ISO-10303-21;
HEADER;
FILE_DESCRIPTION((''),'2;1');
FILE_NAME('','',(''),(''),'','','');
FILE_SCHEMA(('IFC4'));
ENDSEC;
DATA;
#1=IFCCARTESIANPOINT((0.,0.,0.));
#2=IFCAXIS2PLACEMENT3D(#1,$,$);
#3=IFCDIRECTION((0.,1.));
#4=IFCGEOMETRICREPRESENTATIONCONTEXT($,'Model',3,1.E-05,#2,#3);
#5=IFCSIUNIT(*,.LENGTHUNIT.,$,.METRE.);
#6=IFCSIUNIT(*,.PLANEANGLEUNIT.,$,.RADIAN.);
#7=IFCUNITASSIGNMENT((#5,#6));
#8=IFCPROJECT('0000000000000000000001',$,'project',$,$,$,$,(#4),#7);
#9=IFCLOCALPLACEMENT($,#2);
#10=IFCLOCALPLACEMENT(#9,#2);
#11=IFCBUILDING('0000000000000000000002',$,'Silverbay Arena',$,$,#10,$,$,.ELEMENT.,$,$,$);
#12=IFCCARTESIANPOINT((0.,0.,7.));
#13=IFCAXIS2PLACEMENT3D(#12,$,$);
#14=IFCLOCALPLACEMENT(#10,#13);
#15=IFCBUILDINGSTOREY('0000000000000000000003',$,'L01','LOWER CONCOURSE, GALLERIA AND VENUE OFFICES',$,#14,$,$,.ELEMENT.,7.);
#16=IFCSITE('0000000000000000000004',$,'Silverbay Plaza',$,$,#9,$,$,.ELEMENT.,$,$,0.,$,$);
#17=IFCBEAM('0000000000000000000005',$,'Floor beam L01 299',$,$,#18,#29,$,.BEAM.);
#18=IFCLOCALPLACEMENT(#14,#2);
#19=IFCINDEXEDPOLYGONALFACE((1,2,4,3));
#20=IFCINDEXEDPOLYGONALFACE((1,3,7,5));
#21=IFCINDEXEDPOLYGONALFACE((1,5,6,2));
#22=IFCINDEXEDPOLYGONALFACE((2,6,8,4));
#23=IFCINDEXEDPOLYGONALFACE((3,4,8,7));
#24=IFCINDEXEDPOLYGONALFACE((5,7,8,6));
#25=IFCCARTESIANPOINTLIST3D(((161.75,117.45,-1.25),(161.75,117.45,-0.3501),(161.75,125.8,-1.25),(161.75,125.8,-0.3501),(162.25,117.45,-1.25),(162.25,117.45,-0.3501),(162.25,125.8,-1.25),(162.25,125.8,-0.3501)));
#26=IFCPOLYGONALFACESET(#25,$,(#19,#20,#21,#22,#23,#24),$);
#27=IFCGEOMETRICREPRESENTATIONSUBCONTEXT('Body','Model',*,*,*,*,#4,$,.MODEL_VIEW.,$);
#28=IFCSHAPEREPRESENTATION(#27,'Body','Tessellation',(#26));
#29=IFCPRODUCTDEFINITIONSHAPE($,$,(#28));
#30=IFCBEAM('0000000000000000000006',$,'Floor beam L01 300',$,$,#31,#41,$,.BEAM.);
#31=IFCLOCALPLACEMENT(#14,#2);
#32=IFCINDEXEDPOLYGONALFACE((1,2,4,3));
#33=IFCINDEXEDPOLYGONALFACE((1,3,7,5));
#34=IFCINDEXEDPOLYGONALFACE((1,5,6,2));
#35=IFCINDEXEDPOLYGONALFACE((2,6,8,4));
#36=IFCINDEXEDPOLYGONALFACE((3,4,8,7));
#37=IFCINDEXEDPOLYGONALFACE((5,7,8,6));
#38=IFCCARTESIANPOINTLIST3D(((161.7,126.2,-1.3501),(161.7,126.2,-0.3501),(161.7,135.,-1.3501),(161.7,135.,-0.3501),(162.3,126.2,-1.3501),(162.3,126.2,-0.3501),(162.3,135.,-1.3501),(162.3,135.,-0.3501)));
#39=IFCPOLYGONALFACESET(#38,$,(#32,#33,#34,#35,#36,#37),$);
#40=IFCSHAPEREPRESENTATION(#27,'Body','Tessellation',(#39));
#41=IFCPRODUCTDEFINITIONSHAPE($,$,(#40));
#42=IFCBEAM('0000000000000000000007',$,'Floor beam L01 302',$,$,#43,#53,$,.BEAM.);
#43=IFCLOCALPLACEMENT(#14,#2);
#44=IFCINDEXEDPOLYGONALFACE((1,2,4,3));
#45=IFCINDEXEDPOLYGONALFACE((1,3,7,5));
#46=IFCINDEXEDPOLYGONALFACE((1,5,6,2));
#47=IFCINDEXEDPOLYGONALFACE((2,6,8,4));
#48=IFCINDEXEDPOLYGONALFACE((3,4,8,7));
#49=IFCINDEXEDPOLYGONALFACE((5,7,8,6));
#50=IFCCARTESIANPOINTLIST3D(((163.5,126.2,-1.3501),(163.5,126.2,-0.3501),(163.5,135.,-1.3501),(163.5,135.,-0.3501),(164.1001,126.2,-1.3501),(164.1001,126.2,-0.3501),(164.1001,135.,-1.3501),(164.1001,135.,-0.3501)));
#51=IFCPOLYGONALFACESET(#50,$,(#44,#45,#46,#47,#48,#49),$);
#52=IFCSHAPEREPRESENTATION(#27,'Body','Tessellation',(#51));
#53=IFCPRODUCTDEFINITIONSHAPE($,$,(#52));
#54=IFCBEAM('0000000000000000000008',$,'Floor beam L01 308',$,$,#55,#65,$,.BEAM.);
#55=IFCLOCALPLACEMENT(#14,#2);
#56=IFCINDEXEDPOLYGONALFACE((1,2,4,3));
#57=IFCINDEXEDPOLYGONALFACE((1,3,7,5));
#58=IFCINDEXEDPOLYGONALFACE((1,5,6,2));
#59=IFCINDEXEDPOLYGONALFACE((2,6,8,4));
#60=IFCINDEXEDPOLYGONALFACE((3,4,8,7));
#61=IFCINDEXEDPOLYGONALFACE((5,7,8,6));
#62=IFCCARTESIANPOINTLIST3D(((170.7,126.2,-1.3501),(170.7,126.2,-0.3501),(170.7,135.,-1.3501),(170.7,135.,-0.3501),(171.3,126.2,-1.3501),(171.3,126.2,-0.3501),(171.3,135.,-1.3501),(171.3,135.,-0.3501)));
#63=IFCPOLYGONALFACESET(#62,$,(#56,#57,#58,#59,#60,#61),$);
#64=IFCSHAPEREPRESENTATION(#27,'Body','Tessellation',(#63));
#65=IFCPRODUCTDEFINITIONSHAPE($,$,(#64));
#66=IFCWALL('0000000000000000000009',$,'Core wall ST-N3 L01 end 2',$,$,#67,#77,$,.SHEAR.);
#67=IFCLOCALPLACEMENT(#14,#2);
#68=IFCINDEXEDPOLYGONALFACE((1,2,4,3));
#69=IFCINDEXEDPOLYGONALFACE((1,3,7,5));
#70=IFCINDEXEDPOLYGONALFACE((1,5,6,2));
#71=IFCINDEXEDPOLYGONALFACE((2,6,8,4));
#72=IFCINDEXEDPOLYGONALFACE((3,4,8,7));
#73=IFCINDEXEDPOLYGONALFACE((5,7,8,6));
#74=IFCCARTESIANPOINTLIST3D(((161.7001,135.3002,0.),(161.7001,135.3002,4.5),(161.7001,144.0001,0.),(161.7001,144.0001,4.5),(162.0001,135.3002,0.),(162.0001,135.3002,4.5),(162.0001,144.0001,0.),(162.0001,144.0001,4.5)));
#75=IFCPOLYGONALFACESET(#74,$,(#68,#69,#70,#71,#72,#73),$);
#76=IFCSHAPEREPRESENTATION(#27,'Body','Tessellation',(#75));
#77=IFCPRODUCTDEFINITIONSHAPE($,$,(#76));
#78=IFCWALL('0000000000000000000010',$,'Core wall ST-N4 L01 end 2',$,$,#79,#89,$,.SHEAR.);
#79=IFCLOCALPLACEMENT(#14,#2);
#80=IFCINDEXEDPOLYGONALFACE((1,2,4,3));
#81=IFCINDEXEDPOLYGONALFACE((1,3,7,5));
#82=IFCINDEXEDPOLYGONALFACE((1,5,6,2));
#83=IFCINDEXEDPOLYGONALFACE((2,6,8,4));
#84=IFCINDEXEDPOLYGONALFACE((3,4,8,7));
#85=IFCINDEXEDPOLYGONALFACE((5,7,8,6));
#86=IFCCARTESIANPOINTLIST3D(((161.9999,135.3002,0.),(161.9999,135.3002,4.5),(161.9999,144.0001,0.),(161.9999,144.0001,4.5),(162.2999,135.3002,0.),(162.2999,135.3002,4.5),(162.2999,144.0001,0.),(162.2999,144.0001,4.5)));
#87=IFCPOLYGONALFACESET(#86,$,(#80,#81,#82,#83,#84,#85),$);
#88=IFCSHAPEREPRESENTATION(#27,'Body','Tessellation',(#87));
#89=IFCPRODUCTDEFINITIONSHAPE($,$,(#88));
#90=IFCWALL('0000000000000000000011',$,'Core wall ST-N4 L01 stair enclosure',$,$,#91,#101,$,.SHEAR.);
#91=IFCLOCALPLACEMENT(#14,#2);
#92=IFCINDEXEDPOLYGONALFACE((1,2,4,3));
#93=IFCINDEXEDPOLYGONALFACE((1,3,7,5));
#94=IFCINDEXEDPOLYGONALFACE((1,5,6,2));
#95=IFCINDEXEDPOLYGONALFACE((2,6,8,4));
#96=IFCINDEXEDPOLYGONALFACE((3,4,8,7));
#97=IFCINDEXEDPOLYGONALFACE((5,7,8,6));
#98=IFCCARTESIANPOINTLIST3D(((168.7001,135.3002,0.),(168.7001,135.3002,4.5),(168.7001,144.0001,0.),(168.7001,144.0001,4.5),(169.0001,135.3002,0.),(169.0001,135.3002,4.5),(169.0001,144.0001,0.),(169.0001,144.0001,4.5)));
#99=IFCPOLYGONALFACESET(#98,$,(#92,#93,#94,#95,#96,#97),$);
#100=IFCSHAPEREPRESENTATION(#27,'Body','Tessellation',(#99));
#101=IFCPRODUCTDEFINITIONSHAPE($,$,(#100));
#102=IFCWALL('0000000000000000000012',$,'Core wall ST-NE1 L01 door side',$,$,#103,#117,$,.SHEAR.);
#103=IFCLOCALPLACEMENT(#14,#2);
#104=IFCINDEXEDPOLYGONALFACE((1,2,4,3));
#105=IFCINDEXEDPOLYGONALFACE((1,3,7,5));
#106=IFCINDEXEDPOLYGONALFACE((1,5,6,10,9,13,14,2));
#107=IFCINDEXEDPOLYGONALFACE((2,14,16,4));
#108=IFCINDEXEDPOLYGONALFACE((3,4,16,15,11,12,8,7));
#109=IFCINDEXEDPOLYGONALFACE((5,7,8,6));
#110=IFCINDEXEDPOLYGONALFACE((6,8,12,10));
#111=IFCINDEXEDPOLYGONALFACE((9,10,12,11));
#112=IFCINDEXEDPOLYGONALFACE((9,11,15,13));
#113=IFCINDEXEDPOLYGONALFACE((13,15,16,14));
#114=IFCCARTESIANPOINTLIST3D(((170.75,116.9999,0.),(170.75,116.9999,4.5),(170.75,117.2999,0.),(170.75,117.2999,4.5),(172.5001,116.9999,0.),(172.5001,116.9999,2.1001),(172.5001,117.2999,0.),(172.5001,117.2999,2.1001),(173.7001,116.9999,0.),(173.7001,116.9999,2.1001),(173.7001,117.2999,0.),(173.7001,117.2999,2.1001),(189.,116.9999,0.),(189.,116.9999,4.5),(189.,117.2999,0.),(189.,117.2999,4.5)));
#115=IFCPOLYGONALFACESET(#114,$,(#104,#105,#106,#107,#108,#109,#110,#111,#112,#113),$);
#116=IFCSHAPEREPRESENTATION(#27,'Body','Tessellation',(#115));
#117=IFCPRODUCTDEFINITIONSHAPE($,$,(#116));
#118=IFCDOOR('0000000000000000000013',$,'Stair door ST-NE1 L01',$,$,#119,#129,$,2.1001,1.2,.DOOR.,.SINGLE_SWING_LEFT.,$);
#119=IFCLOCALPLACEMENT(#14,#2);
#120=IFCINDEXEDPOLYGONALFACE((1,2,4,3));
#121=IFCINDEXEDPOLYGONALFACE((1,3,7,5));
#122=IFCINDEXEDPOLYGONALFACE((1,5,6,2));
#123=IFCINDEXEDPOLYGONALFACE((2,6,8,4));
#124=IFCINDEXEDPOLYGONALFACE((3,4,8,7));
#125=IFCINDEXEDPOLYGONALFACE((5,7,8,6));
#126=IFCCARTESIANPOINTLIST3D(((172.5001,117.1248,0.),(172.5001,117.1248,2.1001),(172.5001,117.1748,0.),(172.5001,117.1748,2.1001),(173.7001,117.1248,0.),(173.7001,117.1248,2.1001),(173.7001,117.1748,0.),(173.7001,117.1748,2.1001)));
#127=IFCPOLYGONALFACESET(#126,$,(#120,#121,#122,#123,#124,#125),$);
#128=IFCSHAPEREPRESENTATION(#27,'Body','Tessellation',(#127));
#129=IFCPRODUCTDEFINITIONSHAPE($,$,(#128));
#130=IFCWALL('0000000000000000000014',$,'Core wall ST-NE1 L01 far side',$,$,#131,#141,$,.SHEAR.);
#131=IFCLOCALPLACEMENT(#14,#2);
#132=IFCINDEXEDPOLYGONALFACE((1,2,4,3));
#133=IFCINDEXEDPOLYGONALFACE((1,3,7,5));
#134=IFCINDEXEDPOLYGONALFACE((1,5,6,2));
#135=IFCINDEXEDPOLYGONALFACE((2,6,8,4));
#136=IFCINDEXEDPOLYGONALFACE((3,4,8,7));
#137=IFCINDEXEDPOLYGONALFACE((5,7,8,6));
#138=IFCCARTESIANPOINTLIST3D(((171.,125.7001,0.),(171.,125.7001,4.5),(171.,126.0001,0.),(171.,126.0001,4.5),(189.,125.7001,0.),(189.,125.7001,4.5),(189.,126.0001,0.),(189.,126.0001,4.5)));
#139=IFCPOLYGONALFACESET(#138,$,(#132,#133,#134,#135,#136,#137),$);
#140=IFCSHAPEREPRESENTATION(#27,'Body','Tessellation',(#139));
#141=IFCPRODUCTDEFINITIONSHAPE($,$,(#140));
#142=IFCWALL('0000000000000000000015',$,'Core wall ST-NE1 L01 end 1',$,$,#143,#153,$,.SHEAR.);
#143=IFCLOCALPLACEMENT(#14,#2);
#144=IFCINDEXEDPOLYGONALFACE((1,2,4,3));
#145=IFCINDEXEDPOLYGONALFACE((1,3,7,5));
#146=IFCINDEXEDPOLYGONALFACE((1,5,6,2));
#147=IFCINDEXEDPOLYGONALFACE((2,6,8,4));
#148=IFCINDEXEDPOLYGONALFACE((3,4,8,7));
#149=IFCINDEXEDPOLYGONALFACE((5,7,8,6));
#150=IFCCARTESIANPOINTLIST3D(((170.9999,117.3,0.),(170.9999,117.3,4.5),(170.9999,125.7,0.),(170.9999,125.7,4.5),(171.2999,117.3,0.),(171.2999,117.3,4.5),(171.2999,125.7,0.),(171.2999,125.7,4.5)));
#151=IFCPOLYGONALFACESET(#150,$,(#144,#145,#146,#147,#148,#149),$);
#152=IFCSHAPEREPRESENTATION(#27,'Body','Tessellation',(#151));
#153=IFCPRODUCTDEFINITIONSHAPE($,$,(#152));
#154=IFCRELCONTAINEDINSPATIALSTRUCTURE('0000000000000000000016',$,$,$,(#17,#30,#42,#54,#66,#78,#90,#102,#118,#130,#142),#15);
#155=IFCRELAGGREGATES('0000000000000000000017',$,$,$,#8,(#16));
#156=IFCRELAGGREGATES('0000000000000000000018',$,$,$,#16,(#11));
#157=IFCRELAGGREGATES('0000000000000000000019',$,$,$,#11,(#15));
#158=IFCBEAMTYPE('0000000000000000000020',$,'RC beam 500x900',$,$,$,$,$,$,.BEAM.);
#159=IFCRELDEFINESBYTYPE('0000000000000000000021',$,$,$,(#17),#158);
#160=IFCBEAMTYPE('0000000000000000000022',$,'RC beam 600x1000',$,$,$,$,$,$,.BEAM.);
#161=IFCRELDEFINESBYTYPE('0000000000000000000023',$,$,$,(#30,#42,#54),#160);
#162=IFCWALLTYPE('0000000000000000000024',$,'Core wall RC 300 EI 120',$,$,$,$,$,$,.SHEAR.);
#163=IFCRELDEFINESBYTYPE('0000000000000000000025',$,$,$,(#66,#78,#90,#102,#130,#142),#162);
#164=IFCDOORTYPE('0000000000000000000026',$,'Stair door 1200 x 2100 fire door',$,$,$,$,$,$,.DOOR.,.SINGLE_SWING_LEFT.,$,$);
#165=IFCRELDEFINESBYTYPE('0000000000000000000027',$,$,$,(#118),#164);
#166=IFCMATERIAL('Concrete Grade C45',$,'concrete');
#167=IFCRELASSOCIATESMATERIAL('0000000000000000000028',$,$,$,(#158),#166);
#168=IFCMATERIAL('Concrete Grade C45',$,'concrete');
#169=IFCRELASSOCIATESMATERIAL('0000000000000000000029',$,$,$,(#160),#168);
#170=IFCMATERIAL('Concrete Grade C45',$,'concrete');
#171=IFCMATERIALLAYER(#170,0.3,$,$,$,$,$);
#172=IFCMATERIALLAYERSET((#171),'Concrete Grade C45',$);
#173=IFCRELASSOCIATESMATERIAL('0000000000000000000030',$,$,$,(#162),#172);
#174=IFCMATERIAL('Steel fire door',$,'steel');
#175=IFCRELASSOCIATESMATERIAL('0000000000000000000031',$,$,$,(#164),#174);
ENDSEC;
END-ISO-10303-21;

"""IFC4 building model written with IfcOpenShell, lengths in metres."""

from ifc_helpers import new_model, si_unit, direction, frame, frame_2d, origin, origin_2d, place, context, subcontext, project, spatial, rectangle, extrude, material, layer, layer_set, material_profile, profile_set, type_object, element, fill, save


model = new_model("IFC4")

# Units and contexts
model_context = context("Model", 3, precision=1e-05, world=origin(), true_north=direction((0.0, 1.0)))
body_context = subcontext(model_context, "Body", "Model", "MODEL_VIEW")
ifc_project = project(units=[si_unit("LENGTHUNIT", "METRE"), si_unit("PLANEANGLEUNIT", "RADIAN")], contexts=[model_context])

# Site, building, storey
site_placement = place(None, origin())
site = spatial("IfcSite", under=ifc_project, at=site_placement, Name="Silverbay Plaza", CompositionType="ELEMENT", RefElevation=0.0)
building_placement = place(site_placement, origin())
building = spatial("IfcBuilding", under=site, at=building_placement, Name="Silverbay Arena", CompositionType="ELEMENT")
storey_placement = place(building_placement, frame((0.0, 0.0, 7.0)))
storey = spatial("IfcBuildingStorey", under=building, at=storey_placement, Name="L01", Description="LOWER CONCOURSE, GALLERIA AND VENUE OFFICES", CompositionType="ELEMENT", Elevation=7.0)

# Beams
ifc_material_1 = material(Name="Concrete Grade C45", Category="concrete")
ifc_material_profile_1 = material_profile(ifc_material_1, rectangle(XDim=0.5, YDim=0.8999, at=origin_2d()), Name="RC 500x900")
ifc_profile_set_1 = profile_set([ifc_material_profile_1], Name="Concrete Grade C45")
beam_type_1 = type_object("IfcBeamType", Name="RC beam 500x900", PredefinedType="BEAM", material=ifc_profile_set_1)
beam_placement = place(storey_placement, frame((162.0, 117.45, -0.8), z_axis=(0.0, 1.0, 0.0), x_axis=(-1.0, 0.0, 0.0)))
element("IfcBeam", 1, at=beam_placement, inside=storey, type_object=beam_type_1, Name="Floor beam L01 299", PredefinedType="BEAM", context=body_context, shape_type="SweptSolid", body=[
    extrude(rectangle(XDim=0.5, YDim=0.8999, at=origin_2d()), origin(), (0.0, 0.0, 1.0), 8.3501),
])
ifc_material_2 = material(Name="Concrete Grade C45", Category="concrete")
ifc_material_profile_2 = material_profile(ifc_material_2, rectangle(XDim=0.6001, YDim=1.0, at=origin_2d()), Name="RC 600x1000")
ifc_profile_set_2 = profile_set([ifc_material_profile_2], Name="Concrete Grade C45")
beam_type_2 = type_object("IfcBeamType", Name="RC beam 600x1000", PredefinedType="BEAM", material=ifc_profile_set_2)
for number, where, z_axis, x_axis, name in (
    (2, (162.0, 126.2, -0.8501), (0.0, 1.0, 0.0), (-1.0, 0.0, 0.0), "Floor beam L01 300"),
    (3, (163.8, 126.2, -0.8501), (0.0, 1.0, 0.0), (-1.0, 0.0, 0.0), "Floor beam L01 302"),
    (4, (171.0, 126.2, -0.8501), (0.0, 1.0, 0.0), (-1.0, 0.0, 0.0), "Floor beam L01 308"),
):
    element("IfcBeam", number, at=place(storey_placement, frame(where, z_axis=z_axis, x_axis=x_axis)), inside=storey, type_object=beam_type_2, Name=name, PredefinedType="BEAM", context=body_context, shape_type="SweptSolid", body=[
        extrude(rectangle(XDim=0.6001, YDim=1.0, at=origin_2d()), origin(), (0.0, 0.0, 1.0), 8.8),
    ])

# Walls
ifc_material_3 = material(Name="Concrete Grade C45", Category="concrete")
ifc_layer_1 = layer(ifc_material_3, 0.3)
ifc_layer_set_1 = layer_set([ifc_layer_1], Name="Concrete Grade C45")
wall_type_1 = type_object("IfcWallType", Name="Core wall RC 300 EI 120", PredefinedType="SHEAR", material=ifc_layer_set_1)
for number, where, z_axis, x_axis, name in (
    (5, (161.8501, 135.3, 0.0), (0.0, 0.0, 1.0), (0.0, 1.0, 0.0), "Core wall ST-N3 L01 end 2"),
    (6, (162.1499, 135.3, 0.0), (0.0, 0.0, 1.0), (0.0, 1.0, 0.0), "Core wall ST-N4 L01 end 2"),
    (7, (168.8501, 135.3, 0.0), (0.0, 0.0, 1.0), (0.0, 1.0, 0.0), "Core wall ST-N4 L01 stair enclosure"),
):
    element("IfcWall", number, at=place(storey_placement, frame(where, z_axis=z_axis, x_axis=x_axis)), inside=storey, type_object=wall_type_1, Name=name, PredefinedType="SHEAR", context=body_context, shape_type="SweptSolid", body=[
        extrude(rectangle(XDim=8.7, YDim=0.3, at=frame_2d((4.3501, 0.0))), origin(), (0.0, 0.0, 1.0), 4.5),
    ])

# Wall, opening, door
wall_1_placement = place(storey_placement, frame((170.75, 117.1499, 0.0), z_axis=(0.0, 0.0, 1.0), x_axis=(1.0, 0.0, 0.0)))
wall_1 = element("IfcWall", 8, at=wall_1_placement, inside=storey, type_object=wall_type_1, Name="Core wall ST-NE1 L01 door side", PredefinedType="SHEAR", context=body_context, shape_type="SweptSolid", body=[
    extrude(rectangle(XDim=18.25, YDim=0.3, at=frame_2d((9.125, 0.0))), origin(), (0.0, 0.0, 1.0), 4.5),
])
opening_1_placement = place(wall_1_placement, frame((1.75, 0.0, 0.0)))
opening_1 = element("IfcOpeningElement", 9, at=opening_1_placement, cuts=wall_1, PredefinedType="OPENING", context=body_context, shape_type="SweptSolid", body=[
    extrude(rectangle(XDim=1.2, YDim=2.1001, at=frame_2d((0.6001, 1.05))), frame((0.0, 0.1602, 0.0), z_axis=(0.0, -1.0, 0.0), x_axis=(1.0, 0.0, 0.0)), (0.0, 0.0, 1.0), 0.3201),
])
ifc_material_4 = material(Name="Steel fire door", Category="steel")
door_type_1 = type_object("IfcDoorType", Name="Stair door 1200 x 2100 fire door", OperationType="SINGLE_SWING_LEFT", PredefinedType="DOOR", material=ifc_material_4)
door_1_placement = place(opening_1_placement, origin())
door_1 = element("IfcDoor", 10, at=door_1_placement, inside=storey, type_object=door_type_1, Name="Stair door ST-NE1 L01", OperationType="SINGLE_SWING_LEFT", OverallHeight=2.1001, OverallWidth=1.2, PredefinedType="DOOR", context=body_context, shape_type="SweptSolid", body=[
    extrude(rectangle(XDim=1.2, YDim=2.1001, at=frame_2d((0.6001, 1.05))), frame((0.0, 0.0249, 0.0), z_axis=(0.0, -1.0, 0.0), x_axis=(1.0, 0.0, 0.0)), (0.0, 0.0, 1.0), 0.05),
])
fill(opening_1, door_1)

# Walls
wall_2_placement = place(storey_placement, frame((171.0, 125.8501, 0.0), z_axis=(0.0, 0.0, 1.0), x_axis=(1.0, 0.0, 0.0)))
element("IfcWall", 11, at=wall_2_placement, inside=storey, type_object=wall_type_1, Name="Core wall ST-NE1 L01 far side", PredefinedType="SHEAR", context=body_context, shape_type="SweptSolid", body=[
    extrude(rectangle(XDim=18.0, YDim=0.3, at=frame_2d((9.0, 0.0))), origin(), (0.0, 0.0, 1.0), 4.5),
])
wall_3_placement = place(storey_placement, frame((171.1499, 117.3, 0.0), z_axis=(0.0, 0.0, 1.0), x_axis=(0.0, 1.0, 0.0)))
element("IfcWall", 12, at=wall_3_placement, inside=storey, type_object=wall_type_1, Name="Core wall ST-NE1 L01 end 1", PredefinedType="SHEAR", context=body_context, shape_type="SweptSolid", body=[
    extrude(rectangle(XDim=8.3999, YDim=0.3, at=frame_2d((4.2, 0.0))), origin(), (0.0, 0.0, 1.0), 4.5),
])

save(model, "model.ifc")
